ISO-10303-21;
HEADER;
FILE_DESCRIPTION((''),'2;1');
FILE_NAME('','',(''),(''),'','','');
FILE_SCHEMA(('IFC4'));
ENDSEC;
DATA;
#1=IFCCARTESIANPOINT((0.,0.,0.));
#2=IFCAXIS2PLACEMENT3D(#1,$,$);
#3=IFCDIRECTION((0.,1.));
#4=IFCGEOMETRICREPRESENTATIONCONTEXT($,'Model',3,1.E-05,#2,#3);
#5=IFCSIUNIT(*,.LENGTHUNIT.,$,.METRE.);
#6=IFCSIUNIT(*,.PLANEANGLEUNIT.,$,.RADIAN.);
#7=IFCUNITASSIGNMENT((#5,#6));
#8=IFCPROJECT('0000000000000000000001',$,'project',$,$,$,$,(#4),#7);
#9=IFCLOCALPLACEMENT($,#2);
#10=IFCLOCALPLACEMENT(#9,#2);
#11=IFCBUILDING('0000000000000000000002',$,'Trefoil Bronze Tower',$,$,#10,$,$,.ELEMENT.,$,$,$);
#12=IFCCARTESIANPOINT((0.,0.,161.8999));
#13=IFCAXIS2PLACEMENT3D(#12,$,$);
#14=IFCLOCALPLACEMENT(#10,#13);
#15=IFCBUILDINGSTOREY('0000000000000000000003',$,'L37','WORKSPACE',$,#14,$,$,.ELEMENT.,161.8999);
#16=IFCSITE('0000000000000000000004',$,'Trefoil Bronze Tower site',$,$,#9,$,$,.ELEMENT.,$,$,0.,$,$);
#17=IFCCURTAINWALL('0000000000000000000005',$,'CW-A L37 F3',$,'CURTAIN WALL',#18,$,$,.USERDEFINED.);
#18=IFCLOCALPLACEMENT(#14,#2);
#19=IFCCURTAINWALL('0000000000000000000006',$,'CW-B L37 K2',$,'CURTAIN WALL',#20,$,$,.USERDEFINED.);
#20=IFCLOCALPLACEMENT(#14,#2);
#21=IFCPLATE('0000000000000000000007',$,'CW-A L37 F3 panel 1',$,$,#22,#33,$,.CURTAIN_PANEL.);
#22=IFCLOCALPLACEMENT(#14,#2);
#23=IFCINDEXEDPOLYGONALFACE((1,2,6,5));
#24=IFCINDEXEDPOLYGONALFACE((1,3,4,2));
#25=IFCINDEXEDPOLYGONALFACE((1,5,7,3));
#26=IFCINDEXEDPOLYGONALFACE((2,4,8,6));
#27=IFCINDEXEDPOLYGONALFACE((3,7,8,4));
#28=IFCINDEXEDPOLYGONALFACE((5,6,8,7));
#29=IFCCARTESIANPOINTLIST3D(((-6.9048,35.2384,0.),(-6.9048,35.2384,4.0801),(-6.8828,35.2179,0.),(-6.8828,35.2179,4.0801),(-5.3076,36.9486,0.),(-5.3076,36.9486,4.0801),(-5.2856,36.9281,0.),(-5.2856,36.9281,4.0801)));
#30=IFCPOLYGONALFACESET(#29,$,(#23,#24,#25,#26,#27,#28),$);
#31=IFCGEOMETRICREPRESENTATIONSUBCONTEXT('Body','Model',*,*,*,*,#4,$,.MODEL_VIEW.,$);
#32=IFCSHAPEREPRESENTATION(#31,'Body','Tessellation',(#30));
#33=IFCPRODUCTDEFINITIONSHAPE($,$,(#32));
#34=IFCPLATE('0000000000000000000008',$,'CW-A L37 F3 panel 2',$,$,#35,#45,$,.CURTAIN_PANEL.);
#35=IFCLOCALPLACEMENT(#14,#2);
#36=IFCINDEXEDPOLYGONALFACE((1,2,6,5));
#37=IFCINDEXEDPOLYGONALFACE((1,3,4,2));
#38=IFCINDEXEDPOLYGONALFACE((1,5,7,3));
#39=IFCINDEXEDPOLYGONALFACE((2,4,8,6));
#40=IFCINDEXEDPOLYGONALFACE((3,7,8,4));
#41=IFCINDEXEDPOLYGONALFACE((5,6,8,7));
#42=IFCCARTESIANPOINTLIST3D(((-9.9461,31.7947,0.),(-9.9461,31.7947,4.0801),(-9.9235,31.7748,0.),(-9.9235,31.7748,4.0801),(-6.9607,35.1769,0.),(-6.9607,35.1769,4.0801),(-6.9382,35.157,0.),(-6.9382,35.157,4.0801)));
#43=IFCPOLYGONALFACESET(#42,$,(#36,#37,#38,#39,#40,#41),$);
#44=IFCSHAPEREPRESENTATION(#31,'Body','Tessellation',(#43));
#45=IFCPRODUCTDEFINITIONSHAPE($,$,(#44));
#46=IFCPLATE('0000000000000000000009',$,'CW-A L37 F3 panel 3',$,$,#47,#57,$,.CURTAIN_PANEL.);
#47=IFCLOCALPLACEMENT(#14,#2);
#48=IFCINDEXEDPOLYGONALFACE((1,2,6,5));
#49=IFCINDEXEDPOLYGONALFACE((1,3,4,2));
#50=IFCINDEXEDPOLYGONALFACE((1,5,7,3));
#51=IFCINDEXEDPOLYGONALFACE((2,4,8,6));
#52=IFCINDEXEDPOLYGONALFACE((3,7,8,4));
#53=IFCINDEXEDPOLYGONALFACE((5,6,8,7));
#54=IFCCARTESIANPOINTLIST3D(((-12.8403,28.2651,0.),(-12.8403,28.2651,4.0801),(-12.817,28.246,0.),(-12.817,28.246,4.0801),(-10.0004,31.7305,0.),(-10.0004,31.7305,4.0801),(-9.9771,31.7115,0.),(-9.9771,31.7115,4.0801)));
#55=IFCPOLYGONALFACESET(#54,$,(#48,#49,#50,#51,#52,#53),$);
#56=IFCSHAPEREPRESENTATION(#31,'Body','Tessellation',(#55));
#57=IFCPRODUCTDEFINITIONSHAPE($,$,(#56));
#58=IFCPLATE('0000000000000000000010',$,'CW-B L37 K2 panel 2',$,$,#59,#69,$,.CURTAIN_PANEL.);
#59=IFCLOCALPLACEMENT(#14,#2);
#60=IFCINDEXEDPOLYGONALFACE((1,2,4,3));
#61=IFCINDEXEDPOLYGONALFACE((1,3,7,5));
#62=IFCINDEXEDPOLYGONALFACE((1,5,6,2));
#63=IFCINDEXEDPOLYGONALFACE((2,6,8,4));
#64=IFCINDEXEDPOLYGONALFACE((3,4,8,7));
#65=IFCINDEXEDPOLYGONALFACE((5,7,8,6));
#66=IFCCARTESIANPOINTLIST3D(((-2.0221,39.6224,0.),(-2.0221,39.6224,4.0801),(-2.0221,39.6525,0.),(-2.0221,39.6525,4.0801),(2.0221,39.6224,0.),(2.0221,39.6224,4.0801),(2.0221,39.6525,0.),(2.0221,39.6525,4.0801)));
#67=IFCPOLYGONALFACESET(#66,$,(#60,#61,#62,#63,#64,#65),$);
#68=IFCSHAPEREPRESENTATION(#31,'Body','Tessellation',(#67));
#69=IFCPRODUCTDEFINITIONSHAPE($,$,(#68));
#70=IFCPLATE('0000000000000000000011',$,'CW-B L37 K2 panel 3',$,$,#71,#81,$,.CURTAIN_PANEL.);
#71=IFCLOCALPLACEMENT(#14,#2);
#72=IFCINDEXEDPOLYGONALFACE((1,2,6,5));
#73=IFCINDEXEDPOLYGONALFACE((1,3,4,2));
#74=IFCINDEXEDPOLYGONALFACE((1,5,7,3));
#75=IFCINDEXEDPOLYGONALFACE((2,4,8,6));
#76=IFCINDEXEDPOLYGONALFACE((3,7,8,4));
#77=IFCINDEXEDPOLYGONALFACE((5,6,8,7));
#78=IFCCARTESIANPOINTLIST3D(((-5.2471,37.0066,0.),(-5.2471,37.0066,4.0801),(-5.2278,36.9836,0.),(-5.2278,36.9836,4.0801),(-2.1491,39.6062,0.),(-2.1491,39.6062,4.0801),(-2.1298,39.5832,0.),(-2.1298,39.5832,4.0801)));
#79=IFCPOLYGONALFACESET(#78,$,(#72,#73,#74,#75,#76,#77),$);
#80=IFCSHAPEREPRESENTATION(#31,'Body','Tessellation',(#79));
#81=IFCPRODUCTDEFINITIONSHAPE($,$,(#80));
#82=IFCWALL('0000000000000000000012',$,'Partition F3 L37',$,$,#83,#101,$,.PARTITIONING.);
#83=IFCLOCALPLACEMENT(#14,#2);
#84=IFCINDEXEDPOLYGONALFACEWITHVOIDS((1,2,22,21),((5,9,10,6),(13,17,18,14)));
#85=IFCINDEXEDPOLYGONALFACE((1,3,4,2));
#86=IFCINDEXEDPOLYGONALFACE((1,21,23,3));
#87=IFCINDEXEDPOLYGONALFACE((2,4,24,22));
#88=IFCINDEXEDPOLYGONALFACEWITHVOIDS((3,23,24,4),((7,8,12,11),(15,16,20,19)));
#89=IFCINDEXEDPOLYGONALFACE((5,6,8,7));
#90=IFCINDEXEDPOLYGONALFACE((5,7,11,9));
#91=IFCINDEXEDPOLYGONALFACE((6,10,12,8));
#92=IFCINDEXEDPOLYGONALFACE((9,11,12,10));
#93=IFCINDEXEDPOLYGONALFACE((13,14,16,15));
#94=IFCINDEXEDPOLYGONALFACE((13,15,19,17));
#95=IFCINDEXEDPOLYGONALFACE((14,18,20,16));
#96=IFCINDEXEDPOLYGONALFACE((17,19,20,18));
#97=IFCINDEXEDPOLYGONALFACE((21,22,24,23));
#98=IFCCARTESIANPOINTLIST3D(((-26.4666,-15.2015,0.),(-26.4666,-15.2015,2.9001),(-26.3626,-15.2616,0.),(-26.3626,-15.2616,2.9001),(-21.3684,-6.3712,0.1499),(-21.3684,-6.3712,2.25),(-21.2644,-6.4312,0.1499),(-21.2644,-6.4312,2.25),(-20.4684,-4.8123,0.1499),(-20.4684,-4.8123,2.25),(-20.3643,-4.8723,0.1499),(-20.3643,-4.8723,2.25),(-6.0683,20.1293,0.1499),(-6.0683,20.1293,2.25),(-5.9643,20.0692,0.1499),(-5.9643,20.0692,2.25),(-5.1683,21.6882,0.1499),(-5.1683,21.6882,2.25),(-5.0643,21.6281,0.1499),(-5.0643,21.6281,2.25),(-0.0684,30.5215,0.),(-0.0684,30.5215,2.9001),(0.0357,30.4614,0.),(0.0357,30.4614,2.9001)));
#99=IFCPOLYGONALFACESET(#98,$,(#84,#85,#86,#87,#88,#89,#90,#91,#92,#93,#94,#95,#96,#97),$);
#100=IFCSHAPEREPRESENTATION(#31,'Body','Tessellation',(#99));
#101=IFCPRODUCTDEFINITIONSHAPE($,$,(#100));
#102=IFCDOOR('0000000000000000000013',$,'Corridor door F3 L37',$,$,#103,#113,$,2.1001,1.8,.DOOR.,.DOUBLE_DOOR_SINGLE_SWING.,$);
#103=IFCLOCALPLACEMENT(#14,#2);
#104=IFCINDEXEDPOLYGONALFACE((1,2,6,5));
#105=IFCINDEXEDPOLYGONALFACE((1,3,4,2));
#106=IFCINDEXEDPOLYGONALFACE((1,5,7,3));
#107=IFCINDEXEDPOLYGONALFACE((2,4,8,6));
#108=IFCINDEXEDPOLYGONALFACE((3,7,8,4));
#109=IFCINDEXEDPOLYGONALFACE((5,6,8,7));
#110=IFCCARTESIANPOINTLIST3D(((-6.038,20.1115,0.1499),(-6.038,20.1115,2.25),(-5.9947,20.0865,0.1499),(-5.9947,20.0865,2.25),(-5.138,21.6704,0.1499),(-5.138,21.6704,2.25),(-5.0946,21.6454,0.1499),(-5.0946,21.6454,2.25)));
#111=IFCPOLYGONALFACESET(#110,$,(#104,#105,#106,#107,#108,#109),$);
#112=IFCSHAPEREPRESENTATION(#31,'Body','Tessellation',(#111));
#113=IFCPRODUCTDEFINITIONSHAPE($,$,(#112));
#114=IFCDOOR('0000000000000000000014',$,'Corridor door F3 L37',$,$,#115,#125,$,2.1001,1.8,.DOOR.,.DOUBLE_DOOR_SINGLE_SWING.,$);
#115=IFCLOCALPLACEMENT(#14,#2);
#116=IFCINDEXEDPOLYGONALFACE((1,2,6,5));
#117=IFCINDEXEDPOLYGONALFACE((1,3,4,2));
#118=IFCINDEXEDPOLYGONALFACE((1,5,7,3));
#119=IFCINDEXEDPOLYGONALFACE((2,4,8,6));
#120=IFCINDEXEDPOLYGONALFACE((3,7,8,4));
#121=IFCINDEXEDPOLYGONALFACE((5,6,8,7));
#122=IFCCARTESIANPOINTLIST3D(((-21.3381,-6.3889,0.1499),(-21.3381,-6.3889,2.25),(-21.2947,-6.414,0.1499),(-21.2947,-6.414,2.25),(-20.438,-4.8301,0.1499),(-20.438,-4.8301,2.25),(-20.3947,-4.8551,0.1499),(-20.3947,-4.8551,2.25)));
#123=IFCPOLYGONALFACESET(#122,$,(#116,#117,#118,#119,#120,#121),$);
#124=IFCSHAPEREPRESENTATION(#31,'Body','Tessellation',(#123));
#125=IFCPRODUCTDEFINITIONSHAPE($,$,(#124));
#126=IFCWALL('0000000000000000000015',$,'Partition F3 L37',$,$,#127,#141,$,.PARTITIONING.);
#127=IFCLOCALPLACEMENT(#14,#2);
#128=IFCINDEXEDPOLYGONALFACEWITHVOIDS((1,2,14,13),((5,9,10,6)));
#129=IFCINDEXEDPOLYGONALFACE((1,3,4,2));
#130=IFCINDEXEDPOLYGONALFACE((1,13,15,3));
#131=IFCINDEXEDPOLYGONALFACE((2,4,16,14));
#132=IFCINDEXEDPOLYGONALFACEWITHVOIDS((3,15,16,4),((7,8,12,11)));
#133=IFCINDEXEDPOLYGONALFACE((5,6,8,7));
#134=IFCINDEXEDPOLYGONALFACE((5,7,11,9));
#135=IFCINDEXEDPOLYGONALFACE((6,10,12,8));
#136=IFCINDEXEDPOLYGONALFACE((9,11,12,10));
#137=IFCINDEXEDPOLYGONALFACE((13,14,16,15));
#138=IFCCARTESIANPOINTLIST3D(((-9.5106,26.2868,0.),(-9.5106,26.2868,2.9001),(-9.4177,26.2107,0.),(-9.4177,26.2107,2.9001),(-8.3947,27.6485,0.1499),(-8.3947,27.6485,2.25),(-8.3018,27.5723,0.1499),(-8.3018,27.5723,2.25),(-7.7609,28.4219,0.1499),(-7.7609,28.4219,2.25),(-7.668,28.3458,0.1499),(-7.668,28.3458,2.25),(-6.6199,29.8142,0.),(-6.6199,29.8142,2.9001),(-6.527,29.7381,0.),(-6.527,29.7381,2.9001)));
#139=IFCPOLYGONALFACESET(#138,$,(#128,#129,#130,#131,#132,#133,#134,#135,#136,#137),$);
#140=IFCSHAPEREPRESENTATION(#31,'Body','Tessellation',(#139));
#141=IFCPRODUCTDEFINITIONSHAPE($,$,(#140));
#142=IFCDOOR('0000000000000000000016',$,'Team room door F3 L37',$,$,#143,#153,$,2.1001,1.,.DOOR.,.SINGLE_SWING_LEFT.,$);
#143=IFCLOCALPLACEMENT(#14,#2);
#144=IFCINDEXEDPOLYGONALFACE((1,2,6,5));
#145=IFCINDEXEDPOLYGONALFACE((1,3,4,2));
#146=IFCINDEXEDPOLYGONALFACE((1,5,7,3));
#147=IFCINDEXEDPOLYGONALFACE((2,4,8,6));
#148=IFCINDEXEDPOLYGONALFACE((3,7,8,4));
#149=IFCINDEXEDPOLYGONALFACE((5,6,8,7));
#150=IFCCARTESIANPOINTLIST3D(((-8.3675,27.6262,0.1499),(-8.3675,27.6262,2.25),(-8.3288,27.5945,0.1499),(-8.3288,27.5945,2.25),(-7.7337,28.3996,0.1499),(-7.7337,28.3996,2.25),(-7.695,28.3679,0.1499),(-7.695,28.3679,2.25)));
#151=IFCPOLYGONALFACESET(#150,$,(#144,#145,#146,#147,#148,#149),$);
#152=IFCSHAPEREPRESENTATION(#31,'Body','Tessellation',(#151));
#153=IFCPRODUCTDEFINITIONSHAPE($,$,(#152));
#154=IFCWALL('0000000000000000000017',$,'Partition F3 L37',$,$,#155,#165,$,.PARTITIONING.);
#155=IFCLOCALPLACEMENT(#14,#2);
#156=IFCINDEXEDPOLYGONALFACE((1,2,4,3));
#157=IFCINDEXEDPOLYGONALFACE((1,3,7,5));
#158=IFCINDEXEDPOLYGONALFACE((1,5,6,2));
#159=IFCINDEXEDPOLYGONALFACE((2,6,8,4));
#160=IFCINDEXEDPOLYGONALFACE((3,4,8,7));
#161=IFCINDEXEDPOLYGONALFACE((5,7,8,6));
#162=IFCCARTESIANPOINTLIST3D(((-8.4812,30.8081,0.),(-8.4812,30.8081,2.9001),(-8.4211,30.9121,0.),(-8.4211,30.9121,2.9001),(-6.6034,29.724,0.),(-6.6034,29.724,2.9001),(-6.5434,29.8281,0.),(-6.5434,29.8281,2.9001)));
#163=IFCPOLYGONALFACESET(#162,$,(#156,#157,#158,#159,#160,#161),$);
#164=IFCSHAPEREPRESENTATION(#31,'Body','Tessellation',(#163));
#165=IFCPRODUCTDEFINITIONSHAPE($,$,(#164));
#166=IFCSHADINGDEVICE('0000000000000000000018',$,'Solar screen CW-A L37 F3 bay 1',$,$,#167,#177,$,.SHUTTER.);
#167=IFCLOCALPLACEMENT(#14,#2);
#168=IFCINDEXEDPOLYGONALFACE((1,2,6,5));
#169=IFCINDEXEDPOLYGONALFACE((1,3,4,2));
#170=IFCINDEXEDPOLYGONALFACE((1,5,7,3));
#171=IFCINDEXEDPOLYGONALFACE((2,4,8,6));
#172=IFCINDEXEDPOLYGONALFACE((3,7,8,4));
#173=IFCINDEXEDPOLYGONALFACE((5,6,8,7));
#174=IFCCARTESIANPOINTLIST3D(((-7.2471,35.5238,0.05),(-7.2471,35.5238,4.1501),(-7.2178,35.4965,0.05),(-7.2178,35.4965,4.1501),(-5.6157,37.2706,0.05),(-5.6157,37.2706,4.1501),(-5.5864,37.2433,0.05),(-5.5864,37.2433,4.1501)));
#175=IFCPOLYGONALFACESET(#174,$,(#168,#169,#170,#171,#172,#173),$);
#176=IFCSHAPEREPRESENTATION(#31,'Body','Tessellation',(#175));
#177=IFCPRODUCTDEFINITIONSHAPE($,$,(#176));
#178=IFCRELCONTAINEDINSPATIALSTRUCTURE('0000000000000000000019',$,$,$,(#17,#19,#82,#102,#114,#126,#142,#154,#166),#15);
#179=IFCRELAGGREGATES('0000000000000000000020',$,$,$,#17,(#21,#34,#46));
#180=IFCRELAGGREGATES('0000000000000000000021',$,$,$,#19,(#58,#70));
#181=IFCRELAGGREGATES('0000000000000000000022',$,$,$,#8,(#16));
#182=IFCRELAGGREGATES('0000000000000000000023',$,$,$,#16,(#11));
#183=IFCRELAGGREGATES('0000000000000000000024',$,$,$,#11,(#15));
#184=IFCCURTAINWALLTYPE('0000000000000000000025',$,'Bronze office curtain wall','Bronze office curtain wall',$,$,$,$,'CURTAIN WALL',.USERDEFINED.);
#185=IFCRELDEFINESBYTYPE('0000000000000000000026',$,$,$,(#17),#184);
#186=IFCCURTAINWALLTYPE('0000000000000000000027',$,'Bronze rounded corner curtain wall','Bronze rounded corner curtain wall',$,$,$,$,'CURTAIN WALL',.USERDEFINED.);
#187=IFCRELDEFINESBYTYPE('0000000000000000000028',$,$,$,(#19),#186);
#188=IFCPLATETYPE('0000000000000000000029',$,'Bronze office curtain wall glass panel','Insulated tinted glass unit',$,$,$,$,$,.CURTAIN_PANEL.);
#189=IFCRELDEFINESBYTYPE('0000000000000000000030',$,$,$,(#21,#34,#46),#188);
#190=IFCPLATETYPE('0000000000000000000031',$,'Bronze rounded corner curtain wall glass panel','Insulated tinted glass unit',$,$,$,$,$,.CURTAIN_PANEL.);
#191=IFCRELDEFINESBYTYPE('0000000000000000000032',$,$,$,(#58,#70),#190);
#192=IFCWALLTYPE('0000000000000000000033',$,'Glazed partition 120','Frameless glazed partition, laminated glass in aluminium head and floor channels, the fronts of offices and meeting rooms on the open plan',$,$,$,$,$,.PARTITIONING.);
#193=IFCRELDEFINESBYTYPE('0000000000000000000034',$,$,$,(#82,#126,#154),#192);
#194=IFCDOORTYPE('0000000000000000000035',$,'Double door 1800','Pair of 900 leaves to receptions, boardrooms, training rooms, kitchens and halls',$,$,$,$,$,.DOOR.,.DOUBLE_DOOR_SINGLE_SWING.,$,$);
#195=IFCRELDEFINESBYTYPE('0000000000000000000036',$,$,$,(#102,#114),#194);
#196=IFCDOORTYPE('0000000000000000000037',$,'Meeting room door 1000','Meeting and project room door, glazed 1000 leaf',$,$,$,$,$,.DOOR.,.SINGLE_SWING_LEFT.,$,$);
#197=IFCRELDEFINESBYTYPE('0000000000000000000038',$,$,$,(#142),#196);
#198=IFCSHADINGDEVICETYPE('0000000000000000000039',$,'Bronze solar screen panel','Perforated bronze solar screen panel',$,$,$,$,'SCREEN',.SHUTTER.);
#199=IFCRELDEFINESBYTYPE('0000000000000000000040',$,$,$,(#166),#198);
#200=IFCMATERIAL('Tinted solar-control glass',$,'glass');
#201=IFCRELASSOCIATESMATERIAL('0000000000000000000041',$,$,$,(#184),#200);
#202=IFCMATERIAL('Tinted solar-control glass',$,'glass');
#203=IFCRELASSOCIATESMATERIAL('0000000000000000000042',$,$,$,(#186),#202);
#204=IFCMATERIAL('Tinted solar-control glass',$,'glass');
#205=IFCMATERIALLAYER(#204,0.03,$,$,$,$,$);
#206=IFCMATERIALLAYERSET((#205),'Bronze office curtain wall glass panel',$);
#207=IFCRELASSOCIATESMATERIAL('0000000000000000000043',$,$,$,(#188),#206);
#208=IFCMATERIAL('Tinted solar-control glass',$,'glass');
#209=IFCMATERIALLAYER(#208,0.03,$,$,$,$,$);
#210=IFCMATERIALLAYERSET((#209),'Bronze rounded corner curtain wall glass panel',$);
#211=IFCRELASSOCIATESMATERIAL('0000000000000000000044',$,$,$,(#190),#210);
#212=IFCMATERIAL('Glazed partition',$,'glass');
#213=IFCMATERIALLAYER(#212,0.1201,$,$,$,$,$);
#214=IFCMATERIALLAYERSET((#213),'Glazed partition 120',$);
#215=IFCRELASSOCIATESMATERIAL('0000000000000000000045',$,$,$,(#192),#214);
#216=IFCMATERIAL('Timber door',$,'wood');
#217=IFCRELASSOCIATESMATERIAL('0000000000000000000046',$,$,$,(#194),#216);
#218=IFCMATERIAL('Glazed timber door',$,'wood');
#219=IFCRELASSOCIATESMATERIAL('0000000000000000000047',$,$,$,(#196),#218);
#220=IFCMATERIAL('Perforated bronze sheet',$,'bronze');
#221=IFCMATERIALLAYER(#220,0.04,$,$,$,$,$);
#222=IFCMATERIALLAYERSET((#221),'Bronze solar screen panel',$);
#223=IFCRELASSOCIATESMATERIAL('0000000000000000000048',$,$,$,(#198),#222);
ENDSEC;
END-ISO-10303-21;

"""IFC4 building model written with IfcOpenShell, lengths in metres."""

from ifc_helpers import new_model, si_unit, direction, frame, frame_2d, origin, origin_2d, place, context, subcontext, project, spatial, rectangle, extrude, material, layer, layer_set, type_object, element, fill, aggregate, save


model = new_model("IFC4")

# Units and contexts
model_context = context("Model", 3, precision=1e-05, world=origin(), true_north=direction((0.0, 1.0)))
body_context = subcontext(model_context, "Body", "Model", "MODEL_VIEW")
ifc_project = project(units=[si_unit("LENGTHUNIT", "METRE"), si_unit("PLANEANGLEUNIT", "RADIAN")], contexts=[model_context])

# Site, building, storey
site_placement = place(None, origin())
site = spatial("IfcSite", under=ifc_project, at=site_placement, Name="Trefoil Bronze Tower site", CompositionType="ELEMENT", RefElevation=0.0)
building_placement = place(site_placement, origin())
building = spatial("IfcBuilding", under=site, at=building_placement, Name="Trefoil Bronze Tower", CompositionType="ELEMENT")
storey_placement = place(building_placement, frame((0.0, 0.0, 161.8999)))
storey = spatial("IfcBuildingStorey", under=building, at=storey_placement, Name="L37", Description="WORKSPACE", CompositionType="ELEMENT", Elevation=161.8999)

# Curtain walls
ifc_material_1 = material(Name="Tinted solar-control glass", Category="glass")
curtain_wall_type_1 = type_object("IfcCurtainWallType", Name="Bronze office curtain wall", Description="Bronze office curtain wall", ElementType="CURTAIN WALL", PredefinedType="USERDEFINED", material=ifc_material_1)
curtain_wall_1_placement = place(storey_placement, origin())
curtain_wall_1 = element("IfcCurtainWall", 1, at=curtain_wall_1_placement, inside=storey, type_object=curtain_wall_type_1, Name="CW-A L37 F3", ObjectType="CURTAIN WALL", PredefinedType="USERDEFINED")
ifc_material_2 = material(Name="Tinted solar-control glass", Category="glass")
curtain_wall_type_2 = type_object("IfcCurtainWallType", Name="Bronze rounded corner curtain wall", Description="Bronze rounded corner curtain wall", ElementType="CURTAIN WALL", PredefinedType="USERDEFINED", material=ifc_material_2)
curtain_wall_2_placement = place(storey_placement, origin())
curtain_wall_2 = element("IfcCurtainWall", 2, at=curtain_wall_2_placement, inside=storey, type_object=curtain_wall_type_2, Name="CW-B L37 K2", ObjectType="CURTAIN WALL", PredefinedType="USERDEFINED")

# Plates
ifc_material_3 = material(Name="Tinted solar-control glass", Category="glass")
ifc_layer_1 = layer(ifc_material_3, 0.03)
ifc_layer_set_1 = layer_set([ifc_layer_1], Name="Bronze office curtain wall glass panel")
plate_type_1 = type_object("IfcPlateType", Name="Bronze office curtain wall glass panel", Description="Insulated tinted glass unit", PredefinedType="CURTAIN_PANEL", material=ifc_layer_set_1)
plate_1_placement = place(storey_placement, frame((-6.0952, 36.0833, 0.0), z_axis=(0.0, 0.0, 1.0), x_axis=(-0.682536, -0.730852, 0.0)))
plate_1 = element("IfcPlate", 3, at=plate_1_placement, type_object=plate_type_1, Name="CW-A L37 F3 panel 1", PredefinedType="CURTAIN_PANEL", context=body_context, shape_type="SweptSolid", body=[
    extrude(rectangle(XDim=2.3401, YDim=0.03, at=origin_2d()), origin(), (0.0, 0.0, 1.0), 4.0801),
])
plate_2_placement = place(storey_placement, frame((-8.4421, 33.4758, 0.0), z_axis=(0.0, 0.0, 1.0), x_axis=(-0.661751, -0.749723, 0.0)))
plate_2 = element("IfcPlate", 4, at=plate_2_placement, type_object=plate_type_1, Name="CW-A L37 F3 panel 2", PredefinedType="CURTAIN_PANEL", context=body_context, shape_type="SweptSolid", body=[
    extrude(rectangle(XDim=4.5112, YDim=0.03, at=origin_2d()), origin(), (0.0, 0.0, 1.0), 4.0801),
])
plate_3_placement = place(storey_placement, frame((-11.4087, 29.9883, 0.0), z_axis=(0.0, 0.0, 1.0), x_axis=(-0.63384, -0.773464, 0.0)))
plate_3 = element("IfcPlate", 5, at=plate_3_placement, type_object=plate_type_1, Name="CW-A L37 F3 panel 3", PredefinedType="CURTAIN_PANEL", context=body_context, shape_type="SweptSolid", body=[
    extrude(rectangle(XDim=4.4805, YDim=0.03, at=origin_2d()), origin(), (0.0, 0.0, 1.0), 4.0801),
])
aggregate(curtain_wall_1, [plate_1, plate_2, plate_3])
ifc_material_4 = material(Name="Tinted solar-control glass", Category="glass")
ifc_layer_2 = layer(ifc_material_4, 0.03)
ifc_layer_set_2 = layer_set([ifc_layer_2], Name="Bronze rounded corner curtain wall glass panel")
plate_type_2 = type_object("IfcPlateType", Name="Bronze rounded corner curtain wall glass panel", Description="Insulated tinted glass unit", PredefinedType="CURTAIN_PANEL", material=ifc_layer_set_2)
plate_4_placement = place(storey_placement, frame((0.0, 39.6375, 0.0), z_axis=(0.0, 0.0, 1.0), x_axis=(-1.0, 0.0, 0.0)))
plate_4 = element("IfcPlate", 6, at=plate_4_placement, type_object=plate_type_2, Name="CW-B L37 K2 panel 2", PredefinedType="CURTAIN_PANEL", context=body_context, shape_type="SweptSolid", body=[
    extrude(rectangle(XDim=4.0442, YDim=0.03, at=origin_2d()), origin(), (0.0, 0.0, 1.0), 4.0801),
])
plate_5_placement = place(storey_placement, frame((-3.6885, 38.2949, 0.0), z_axis=(0.0, 0.0, 1.0), x_axis=(-0.766044, -0.642788, 0.0)))
plate_5 = element("IfcPlate", 7, at=plate_5_placement, type_object=plate_type_2, Name="CW-B L37 K2 panel 3", PredefinedType="CURTAIN_PANEL", context=body_context, shape_type="SweptSolid", body=[
    extrude(rectangle(XDim=4.0442, YDim=0.03, at=origin_2d()), origin(), (0.0, 0.0, 1.0), 4.0801),
])
aggregate(curtain_wall_2, [plate_4, plate_5])

# Wall, openings, doors
ifc_material_5 = material(Name="Glazed partition", Category="glass")
ifc_layer_3 = layer(ifc_material_5, 0.1201)
ifc_layer_set_3 = layer_set([ifc_layer_3], Name="Glazed partition 120")
wall_type = type_object("IfcWallType", Name="Glazed partition 120", Description="Frameless glazed partition, laminated glass in aluminium head and floor channels, the fronts of offices and meeting rooms on the open plan", PredefinedType="PARTITIONING", material=ifc_layer_set_3)
wall_1_placement = place(storey_placement, frame((-0.0164, 30.4915, 0.0), z_axis=(0.0, 0.0, 1.0), x_axis=(-0.500001, -0.866025, 0.0)))
wall_1 = element("IfcWall", 8, at=wall_1_placement, inside=storey, type_object=wall_type, Name="Partition F3 L37", PredefinedType="PARTITIONING", context=body_context, shape_type="SweptSolid", body=[
    extrude(rectangle(XDim=52.7964, YDim=0.1201, at=frame_2d((26.3982, 0.0))), origin(), (0.0, 0.0, 1.0), 2.9001),
])
opening_1_placement = place(wall_1_placement, frame((10.2, 0.0, 0.1499)))
opening_1 = element("IfcOpeningElement", 9, at=opening_1_placement, cuts=wall_1, PredefinedType="OPENING", context=body_context, shape_type="SweptSolid", body=[
    extrude(rectangle(XDim=1.8, YDim=2.1001, at=frame_2d((0.8999, 1.05))), frame((0.0, 0.0701, 0.0), z_axis=(0.0, -1.0, 0.0), x_axis=(1.0, 0.0, 0.0)), (0.0, 0.0, 1.0), 0.1401),
])
opening_2_placement = place(wall_1_placement, frame((40.8, 0.0, 0.1499)))
opening_2 = element("IfcOpeningElement", 10, at=opening_2_placement, cuts=wall_1, PredefinedType="OPENING", context=body_context, shape_type="SweptSolid", body=[
    extrude(rectangle(XDim=1.8, YDim=2.1001, at=frame_2d((0.8999, 1.05))), frame((0.0, 0.0701, 0.0), z_axis=(0.0, -1.0, 0.0), x_axis=(1.0, 0.0, 0.0)), (0.0, 0.0, 1.0), 0.1401),
])
ifc_material_6 = material(Name="Timber door", Category="wood")
door_type_1 = type_object("IfcDoorType", Name="Double door 1800", Description="Pair of 900 leaves to receptions, boardrooms, training rooms, kitchens and halls", OperationType="DOUBLE_DOOR_SINGLE_SWING", PredefinedType="DOOR", material=ifc_material_6)
door_1_placement = place(opening_1_placement, frame((1.8, 0.0, 0.0), z_axis=(0.0, 0.0, 1.0), x_axis=(-1.0, 0.0, 0.0)))
door_1 = element("IfcDoor", 11, at=door_1_placement, inside=storey, type_object=door_type_1, Name="Corridor door F3 L37", OperationType="DOUBLE_DOOR_SINGLE_SWING", OverallHeight=2.1001, OverallWidth=1.8, PredefinedType="DOOR", context=body_context, shape_type="SweptSolid", body=[
    extrude(rectangle(XDim=1.8, YDim=2.1001, at=frame_2d((0.8999, 1.05))), frame((0.0, 0.0249, 0.0), z_axis=(0.0, -1.0, 0.0), x_axis=(1.0, 0.0, 0.0)), (0.0, 0.0, 1.0), 0.05),
])
fill(opening_1, door_1)
door_2_placement = place(opening_2_placement, frame((1.8, 0.0, 0.0), z_axis=(0.0, 0.0, 1.0), x_axis=(-1.0, 0.0, 0.0)))
door_2 = element("IfcDoor", 12, at=door_2_placement, inside=storey, type_object=door_type_1, Name="Corridor door F3 L37", OperationType="DOUBLE_DOOR_SINGLE_SWING", OverallHeight=2.1001, OverallWidth=1.8, PredefinedType="DOOR", context=body_context, shape_type="SweptSolid", body=[
    extrude(rectangle(XDim=1.8, YDim=2.1001, at=frame_2d((0.8999, 1.05))), frame((0.0, 0.0249, 0.0), z_axis=(0.0, -1.0, 0.0), x_axis=(1.0, 0.0, 0.0)), (0.0, 0.0, 1.0), 0.05),
])
fill(opening_2, door_2)

# Wall, opening, door
wall_2_placement = place(storey_placement, frame((-6.5735, 29.7761, 0.0), z_axis=(0.0, 0.0, 1.0), x_axis=(-0.633844, -0.773461, 0.0)))
wall_2 = element("IfcWall", 13, at=wall_2_placement, inside=storey, type_object=wall_type, Name="Partition F3 L37", PredefinedType="PARTITIONING", context=body_context, shape_type="SweptSolid", body=[
    extrude(rectangle(XDim=4.5605, YDim=0.1201, at=frame_2d((2.2803, 0.0))), origin(), (0.0, 0.0, 1.0), 2.9001),
])
opening_3_placement = place(wall_2_placement, frame((1.8, 0.0, 0.1499)))
opening_3 = element("IfcOpeningElement", 14, at=opening_3_placement, cuts=wall_2, PredefinedType="OPENING", context=body_context, shape_type="SweptSolid", body=[
    extrude(rectangle(XDim=1.0, YDim=2.1001, at=frame_2d((0.5, 1.05))), frame((0.0, 0.0701, 0.0), z_axis=(0.0, -1.0, 0.0), x_axis=(1.0, 0.0, 0.0)), (0.0, 0.0, 1.0), 0.1401),
])
ifc_material_7 = material(Name="Glazed timber door", Category="wood")
door_type_2 = type_object("IfcDoorType", Name="Meeting room door 1000", Description="Meeting and project room door, glazed 1000 leaf", OperationType="SINGLE_SWING_LEFT", PredefinedType="DOOR", material=ifc_material_7)
door_3_placement = place(opening_3_placement, frame((1.0, 0.0, 0.0), z_axis=(0.0, 0.0, 1.0), x_axis=(-1.0, 0.0, 0.0)))
door_3 = element("IfcDoor", 15, at=door_3_placement, inside=storey, type_object=door_type_2, Name="Team room door F3 L37", OperationType="SINGLE_SWING_LEFT", OverallHeight=2.1001, OverallWidth=1.0, PredefinedType="DOOR", context=body_context, shape_type="SweptSolid", body=[
    extrude(rectangle(XDim=1.0, YDim=2.1001, at=frame_2d((0.5, 1.05))), frame((0.0, 0.0249, 0.0), z_axis=(0.0, -1.0, 0.0), x_axis=(1.0, 0.0, 0.0)), (0.0, 0.0, 1.0), 0.05),
])
fill(opening_3, door_3)

# Wall
wall_3_placement = place(storey_placement, frame((-6.5735, 29.7761, 0.0), z_axis=(0.0, 0.0, 1.0), x_axis=(-0.866045, 0.499966, 0.0)))
element("IfcWall", 16, at=wall_3_placement, inside=storey, type_object=wall_type, Name="Partition F3 L37", PredefinedType="PARTITIONING", context=body_context, shape_type="SweptSolid", body=[
    extrude(rectangle(XDim=2.1682, YDim=0.1201, at=frame_2d((1.084, 0.0))), origin(), (0.0, 0.0, 1.0), 2.9001),
])

# Shading device
ifc_material_8 = material(Name="Perforated bronze sheet", Category="bronze")
ifc_layer_4 = layer(ifc_material_8, 0.04)
ifc_layer_set_4 = layer_set([ifc_layer_4], Name="Bronze solar screen panel")
shading_device_type = type_object("IfcShadingDeviceType", Name="Bronze solar screen panel", Description="Perforated bronze solar screen panel", ElementType="SCREEN", PredefinedType="SHUTTER", material=ifc_layer_set_4)
shading_device_1_placement = place(storey_placement, frame((-6.4167, 36.3835, 0.05), z_axis=(0.0, 0.0, 1.0), x_axis=(-0.682536, -0.730852, 0.0)))
element("IfcShadingDevice", 17, at=shading_device_1_placement, inside=storey, type_object=shading_device_type, Name="Solar screen CW-A L37 F3 bay 1", PredefinedType="SHUTTER", context=body_context, shape_type="SweptSolid", body=[
    extrude(rectangle(XDim=2.3901, YDim=0.04, at=origin_2d()), origin(), (0.0, 0.0, 1.0), 4.1001),
])

save(model, "model.ifc")
